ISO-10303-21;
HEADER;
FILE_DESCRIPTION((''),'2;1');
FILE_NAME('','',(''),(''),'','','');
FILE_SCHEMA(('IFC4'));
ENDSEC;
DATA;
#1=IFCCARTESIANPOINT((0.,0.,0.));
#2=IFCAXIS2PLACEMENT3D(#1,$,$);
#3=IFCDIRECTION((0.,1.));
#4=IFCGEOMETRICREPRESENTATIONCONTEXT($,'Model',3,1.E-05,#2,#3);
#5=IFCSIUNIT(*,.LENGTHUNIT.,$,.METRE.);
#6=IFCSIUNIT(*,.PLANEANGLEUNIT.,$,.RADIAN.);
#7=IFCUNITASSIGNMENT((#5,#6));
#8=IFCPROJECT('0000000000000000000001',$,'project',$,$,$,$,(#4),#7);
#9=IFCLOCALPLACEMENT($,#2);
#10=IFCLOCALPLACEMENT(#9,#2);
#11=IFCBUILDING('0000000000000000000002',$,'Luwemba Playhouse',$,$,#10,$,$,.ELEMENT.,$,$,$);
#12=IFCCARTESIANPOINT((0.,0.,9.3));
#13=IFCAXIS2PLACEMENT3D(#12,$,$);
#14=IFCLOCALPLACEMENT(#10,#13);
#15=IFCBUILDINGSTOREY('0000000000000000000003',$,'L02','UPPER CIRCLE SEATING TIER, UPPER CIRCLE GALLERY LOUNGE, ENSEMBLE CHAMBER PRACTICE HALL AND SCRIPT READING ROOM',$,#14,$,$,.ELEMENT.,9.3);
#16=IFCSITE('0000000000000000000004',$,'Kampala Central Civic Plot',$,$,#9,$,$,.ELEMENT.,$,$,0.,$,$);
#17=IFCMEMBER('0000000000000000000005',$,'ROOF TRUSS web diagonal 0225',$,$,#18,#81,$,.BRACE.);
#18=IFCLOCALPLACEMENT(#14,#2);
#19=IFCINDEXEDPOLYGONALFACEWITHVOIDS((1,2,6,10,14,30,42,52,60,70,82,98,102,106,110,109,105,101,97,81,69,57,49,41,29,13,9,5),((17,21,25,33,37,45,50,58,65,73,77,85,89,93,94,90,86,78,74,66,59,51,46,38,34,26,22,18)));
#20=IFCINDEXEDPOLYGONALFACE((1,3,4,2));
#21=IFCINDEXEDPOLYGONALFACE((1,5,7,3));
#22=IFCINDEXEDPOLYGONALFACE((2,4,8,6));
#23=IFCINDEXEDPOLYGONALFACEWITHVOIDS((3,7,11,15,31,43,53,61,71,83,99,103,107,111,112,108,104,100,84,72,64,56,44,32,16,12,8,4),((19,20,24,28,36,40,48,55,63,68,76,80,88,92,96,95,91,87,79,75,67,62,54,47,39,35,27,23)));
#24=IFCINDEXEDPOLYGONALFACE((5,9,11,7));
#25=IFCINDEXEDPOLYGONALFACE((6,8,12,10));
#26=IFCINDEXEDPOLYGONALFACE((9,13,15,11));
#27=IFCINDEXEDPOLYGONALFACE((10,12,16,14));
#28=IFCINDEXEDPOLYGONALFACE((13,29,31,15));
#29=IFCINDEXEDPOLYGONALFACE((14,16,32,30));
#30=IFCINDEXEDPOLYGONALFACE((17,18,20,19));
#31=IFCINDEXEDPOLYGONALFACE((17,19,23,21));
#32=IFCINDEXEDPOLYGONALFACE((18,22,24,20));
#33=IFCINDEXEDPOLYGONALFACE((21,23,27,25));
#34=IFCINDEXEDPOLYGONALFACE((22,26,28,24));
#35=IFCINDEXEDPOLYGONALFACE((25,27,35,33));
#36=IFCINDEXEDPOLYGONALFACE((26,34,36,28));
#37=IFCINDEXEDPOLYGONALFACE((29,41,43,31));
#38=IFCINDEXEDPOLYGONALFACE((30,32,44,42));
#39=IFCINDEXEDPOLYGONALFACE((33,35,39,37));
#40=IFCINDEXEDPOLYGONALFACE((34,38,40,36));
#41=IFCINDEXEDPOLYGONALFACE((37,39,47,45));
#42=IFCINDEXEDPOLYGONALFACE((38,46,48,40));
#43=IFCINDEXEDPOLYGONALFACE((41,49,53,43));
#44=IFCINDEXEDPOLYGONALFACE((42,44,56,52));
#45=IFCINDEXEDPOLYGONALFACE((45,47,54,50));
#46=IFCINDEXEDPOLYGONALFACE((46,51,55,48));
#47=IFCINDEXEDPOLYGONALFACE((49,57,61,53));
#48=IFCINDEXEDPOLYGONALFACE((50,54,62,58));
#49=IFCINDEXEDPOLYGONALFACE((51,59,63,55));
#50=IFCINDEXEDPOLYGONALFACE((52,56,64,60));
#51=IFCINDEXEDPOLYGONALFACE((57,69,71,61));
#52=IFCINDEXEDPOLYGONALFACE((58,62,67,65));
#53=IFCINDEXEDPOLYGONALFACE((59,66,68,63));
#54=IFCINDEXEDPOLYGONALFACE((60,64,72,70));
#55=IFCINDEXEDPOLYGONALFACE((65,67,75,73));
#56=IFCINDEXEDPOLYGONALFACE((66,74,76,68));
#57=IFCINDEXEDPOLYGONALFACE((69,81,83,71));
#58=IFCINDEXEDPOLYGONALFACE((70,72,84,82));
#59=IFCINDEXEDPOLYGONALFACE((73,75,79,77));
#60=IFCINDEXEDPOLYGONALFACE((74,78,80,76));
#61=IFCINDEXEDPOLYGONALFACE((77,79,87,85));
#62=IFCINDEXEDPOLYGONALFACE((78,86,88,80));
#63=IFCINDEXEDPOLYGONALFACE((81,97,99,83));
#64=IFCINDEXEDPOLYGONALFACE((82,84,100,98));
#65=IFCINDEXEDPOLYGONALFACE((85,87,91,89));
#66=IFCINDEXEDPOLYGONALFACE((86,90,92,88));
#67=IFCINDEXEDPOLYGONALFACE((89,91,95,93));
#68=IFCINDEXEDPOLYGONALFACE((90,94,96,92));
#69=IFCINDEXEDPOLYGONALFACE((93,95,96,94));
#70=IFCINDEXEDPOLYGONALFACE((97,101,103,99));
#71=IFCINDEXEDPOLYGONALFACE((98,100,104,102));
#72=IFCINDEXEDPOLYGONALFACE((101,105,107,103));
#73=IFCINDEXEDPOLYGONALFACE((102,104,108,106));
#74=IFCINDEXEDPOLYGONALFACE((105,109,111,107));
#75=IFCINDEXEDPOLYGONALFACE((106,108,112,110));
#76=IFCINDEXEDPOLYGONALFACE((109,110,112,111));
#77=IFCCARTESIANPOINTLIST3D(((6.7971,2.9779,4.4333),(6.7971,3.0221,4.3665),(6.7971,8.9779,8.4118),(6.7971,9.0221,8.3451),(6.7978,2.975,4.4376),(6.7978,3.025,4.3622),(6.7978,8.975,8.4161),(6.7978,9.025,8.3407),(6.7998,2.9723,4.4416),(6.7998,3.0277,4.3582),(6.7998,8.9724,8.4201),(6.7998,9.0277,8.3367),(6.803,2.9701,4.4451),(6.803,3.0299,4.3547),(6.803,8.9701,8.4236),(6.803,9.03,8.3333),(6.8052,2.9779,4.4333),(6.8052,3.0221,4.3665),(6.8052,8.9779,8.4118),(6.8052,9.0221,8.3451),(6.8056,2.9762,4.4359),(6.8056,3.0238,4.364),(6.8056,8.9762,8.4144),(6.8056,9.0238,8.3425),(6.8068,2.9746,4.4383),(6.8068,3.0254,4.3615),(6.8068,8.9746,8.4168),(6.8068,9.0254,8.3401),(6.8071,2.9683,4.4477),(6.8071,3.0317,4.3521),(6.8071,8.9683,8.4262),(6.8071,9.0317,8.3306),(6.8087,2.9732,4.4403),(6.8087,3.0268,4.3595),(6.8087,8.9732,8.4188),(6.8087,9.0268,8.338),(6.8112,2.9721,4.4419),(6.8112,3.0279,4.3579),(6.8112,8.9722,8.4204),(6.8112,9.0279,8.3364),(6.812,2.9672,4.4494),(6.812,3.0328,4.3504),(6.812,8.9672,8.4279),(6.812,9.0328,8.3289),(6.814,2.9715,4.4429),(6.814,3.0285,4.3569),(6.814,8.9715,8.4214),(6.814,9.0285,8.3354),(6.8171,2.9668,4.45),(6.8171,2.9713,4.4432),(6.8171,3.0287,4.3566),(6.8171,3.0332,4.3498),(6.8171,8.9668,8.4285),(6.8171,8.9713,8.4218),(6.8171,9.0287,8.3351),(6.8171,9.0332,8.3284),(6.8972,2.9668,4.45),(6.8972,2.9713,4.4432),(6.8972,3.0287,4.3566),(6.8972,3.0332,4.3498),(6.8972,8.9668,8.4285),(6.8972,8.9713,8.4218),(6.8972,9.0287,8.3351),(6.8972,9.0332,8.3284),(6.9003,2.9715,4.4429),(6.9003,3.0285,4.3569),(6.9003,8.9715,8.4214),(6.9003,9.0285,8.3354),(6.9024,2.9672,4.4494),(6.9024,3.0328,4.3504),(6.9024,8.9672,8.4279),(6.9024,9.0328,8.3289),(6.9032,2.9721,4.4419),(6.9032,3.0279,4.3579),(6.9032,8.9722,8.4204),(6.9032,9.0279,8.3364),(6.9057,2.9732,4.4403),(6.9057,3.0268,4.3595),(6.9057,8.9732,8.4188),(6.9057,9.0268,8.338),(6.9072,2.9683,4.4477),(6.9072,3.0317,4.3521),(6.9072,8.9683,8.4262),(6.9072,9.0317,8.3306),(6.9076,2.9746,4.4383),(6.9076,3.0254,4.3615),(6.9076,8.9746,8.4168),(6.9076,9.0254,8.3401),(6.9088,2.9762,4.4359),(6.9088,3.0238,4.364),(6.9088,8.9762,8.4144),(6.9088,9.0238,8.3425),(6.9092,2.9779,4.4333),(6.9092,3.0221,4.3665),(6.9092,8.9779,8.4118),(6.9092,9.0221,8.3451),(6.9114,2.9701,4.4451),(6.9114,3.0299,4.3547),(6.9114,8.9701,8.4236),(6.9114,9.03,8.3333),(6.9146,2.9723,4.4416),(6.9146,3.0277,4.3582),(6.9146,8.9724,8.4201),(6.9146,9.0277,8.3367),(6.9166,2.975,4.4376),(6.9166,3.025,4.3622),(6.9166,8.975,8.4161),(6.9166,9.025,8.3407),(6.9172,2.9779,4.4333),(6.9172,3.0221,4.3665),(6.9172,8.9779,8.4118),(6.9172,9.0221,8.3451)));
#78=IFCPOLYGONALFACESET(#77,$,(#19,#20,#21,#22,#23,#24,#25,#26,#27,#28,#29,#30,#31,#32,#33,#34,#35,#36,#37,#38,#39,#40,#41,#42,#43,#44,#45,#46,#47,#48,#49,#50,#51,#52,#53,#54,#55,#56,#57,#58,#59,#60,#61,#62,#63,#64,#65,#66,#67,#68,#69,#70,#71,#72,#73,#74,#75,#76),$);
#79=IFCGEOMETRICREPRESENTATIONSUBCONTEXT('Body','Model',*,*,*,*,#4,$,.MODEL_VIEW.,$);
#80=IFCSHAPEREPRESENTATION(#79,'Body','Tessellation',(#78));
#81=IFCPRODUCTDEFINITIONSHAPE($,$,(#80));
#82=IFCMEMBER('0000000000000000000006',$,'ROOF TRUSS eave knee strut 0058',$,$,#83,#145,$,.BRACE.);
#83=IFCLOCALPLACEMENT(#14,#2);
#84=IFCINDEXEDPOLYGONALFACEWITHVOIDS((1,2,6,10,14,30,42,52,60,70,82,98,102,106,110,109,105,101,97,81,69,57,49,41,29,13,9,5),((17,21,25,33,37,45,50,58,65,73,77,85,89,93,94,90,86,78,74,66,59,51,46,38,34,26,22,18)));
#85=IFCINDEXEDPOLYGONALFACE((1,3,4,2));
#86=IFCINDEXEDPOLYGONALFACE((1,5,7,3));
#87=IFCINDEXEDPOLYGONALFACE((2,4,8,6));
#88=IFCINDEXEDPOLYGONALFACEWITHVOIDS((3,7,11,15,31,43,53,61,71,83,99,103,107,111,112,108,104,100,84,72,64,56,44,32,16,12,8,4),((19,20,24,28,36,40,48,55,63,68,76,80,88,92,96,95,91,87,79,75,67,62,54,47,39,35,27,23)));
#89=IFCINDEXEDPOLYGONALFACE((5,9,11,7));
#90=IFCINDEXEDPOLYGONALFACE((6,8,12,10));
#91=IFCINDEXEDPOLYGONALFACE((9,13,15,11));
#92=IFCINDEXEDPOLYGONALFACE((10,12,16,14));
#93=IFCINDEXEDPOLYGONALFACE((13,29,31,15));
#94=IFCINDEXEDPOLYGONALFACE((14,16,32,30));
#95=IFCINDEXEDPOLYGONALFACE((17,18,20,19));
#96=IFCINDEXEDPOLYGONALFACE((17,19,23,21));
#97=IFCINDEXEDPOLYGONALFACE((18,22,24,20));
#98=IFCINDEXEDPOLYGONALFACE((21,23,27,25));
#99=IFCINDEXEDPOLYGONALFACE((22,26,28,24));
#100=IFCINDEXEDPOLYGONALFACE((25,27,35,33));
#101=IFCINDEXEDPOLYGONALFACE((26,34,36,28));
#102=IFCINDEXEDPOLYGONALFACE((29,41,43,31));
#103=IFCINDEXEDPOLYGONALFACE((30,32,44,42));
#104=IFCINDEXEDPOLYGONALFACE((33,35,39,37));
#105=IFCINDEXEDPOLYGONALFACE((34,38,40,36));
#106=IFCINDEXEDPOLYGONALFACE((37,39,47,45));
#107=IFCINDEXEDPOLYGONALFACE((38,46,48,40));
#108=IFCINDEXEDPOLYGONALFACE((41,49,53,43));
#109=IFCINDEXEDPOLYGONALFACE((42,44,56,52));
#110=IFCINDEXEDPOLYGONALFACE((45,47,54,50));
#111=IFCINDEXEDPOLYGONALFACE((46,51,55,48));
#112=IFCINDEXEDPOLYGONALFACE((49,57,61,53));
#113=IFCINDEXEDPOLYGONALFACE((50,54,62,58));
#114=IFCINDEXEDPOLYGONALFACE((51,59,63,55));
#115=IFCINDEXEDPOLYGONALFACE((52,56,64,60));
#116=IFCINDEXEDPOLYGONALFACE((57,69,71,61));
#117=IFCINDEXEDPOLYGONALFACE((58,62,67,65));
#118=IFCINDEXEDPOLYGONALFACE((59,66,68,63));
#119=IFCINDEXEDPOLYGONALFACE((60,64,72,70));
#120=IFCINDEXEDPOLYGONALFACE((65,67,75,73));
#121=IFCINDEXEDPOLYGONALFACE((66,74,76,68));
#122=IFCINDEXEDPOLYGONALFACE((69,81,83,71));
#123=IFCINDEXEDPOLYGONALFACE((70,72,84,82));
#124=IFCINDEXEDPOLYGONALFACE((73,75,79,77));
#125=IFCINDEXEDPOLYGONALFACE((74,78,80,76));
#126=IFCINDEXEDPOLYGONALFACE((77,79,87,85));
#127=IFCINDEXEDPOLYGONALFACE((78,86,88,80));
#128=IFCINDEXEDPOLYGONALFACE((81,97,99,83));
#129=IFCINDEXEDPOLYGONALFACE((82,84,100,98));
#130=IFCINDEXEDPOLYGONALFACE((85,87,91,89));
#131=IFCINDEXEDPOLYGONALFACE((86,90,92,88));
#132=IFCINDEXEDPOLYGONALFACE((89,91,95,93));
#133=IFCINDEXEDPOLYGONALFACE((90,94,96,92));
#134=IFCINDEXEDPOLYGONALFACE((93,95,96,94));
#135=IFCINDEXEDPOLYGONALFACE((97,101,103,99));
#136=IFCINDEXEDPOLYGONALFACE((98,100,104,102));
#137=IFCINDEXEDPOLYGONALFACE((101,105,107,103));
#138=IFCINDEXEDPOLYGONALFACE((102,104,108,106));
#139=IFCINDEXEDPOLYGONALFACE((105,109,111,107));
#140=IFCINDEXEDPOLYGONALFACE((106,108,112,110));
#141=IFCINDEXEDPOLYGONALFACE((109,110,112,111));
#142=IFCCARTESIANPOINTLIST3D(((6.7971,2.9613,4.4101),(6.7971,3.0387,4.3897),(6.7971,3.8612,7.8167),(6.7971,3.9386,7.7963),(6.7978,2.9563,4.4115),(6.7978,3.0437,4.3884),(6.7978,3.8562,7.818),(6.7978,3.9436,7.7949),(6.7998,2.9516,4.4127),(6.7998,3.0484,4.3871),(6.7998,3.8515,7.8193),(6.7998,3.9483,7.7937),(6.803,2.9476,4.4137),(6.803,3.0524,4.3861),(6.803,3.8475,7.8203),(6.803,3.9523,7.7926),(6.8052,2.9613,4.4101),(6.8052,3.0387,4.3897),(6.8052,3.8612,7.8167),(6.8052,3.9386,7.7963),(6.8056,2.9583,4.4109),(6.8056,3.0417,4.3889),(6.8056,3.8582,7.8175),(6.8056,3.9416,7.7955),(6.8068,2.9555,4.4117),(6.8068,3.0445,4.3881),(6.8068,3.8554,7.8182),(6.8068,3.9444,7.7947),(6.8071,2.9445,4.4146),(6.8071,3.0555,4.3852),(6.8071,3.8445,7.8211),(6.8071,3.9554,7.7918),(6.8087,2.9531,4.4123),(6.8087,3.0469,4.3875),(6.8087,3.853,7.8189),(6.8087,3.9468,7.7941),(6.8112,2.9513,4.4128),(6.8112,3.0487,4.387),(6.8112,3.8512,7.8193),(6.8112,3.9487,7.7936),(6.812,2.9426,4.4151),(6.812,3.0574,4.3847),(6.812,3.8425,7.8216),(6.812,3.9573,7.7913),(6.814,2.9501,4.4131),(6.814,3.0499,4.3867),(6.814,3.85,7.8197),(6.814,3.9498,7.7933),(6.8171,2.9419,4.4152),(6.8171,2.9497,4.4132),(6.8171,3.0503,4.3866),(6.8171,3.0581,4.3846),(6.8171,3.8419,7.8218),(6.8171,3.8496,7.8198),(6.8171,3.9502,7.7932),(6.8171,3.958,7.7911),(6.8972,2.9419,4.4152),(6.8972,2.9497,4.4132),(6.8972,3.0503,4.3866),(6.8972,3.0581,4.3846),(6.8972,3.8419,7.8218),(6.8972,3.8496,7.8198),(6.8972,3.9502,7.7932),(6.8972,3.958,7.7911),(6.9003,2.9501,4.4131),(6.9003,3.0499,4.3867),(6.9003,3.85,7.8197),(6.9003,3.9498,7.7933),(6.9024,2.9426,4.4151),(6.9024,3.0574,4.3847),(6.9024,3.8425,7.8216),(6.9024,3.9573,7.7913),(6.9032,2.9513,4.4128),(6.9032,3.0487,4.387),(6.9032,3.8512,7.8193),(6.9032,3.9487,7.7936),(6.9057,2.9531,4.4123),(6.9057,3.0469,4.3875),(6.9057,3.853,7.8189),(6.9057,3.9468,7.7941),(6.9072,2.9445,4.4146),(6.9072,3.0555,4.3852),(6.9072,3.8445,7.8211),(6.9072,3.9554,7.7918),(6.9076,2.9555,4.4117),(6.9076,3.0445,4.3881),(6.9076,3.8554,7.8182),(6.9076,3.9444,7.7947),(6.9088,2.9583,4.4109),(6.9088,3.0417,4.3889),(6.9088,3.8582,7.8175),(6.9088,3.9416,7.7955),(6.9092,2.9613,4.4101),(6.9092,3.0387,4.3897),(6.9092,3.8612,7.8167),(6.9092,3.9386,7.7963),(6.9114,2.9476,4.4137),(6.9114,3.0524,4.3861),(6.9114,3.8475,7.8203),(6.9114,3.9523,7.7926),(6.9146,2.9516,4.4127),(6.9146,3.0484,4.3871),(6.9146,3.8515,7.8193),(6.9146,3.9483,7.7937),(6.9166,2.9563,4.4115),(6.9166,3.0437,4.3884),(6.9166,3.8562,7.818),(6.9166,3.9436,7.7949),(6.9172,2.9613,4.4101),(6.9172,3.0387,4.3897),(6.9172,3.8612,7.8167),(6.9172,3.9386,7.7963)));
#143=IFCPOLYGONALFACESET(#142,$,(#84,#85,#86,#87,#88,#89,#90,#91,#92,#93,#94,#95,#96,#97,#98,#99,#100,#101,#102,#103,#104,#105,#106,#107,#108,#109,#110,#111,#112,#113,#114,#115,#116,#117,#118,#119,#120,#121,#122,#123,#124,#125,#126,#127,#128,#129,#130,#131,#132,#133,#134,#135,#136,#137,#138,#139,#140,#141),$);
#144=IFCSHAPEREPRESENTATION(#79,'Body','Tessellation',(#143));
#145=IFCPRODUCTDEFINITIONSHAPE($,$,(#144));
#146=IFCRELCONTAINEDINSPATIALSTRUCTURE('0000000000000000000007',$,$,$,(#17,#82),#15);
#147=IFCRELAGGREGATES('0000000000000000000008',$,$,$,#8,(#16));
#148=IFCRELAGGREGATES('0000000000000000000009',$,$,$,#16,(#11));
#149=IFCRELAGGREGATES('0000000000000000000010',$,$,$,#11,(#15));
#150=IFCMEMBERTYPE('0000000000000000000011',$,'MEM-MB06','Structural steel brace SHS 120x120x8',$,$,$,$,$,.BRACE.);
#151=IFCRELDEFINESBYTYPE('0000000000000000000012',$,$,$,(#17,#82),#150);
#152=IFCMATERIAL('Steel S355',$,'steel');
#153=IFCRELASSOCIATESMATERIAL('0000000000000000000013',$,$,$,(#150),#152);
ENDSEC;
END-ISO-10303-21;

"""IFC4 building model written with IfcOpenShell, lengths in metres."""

from ifc_helpers import new_model, si_unit, direction, frame, origin, origin_2d, place, context, subcontext, project, spatial, hollow_rectangle, extrude, material, material_profile, profile_set, type_object, element, save


model = new_model("IFC4")

# Units and contexts
model_context = context("Model", 3, precision=1e-05, world=origin(), true_north=direction((0.0, 1.0)))
body_context = subcontext(model_context, "Body", "Model", "MODEL_VIEW")
ifc_project = project(units=[si_unit("LENGTHUNIT", "METRE"), si_unit("PLANEANGLEUNIT", "RADIAN")], contexts=[model_context])

# Site, building, storey
site_placement = place(None, origin())
site = spatial("IfcSite", under=ifc_project, at=site_placement, Name="Kampala Central Civic Plot", CompositionType="ELEMENT", RefElevation=0.0)
building_placement = place(site_placement, origin())
building = spatial("IfcBuilding", under=site, at=building_placement, Name="Luwemba Playhouse", CompositionType="ELEMENT")
storey_placement = place(building_placement, frame((0.0, 0.0, 9.3)))
storey = spatial("IfcBuildingStorey", under=building, at=storey_placement, Name="L02", Description="UPPER CIRCLE SEATING TIER, UPPER CIRCLE GALLERY LOUNGE, ENSEMBLE CHAMBER PRACTICE HALL AND SCRIPT READING ROOM", CompositionType="ELEMENT", Elevation=9.3)

# Shared definitions
ifc_material_1 = material(Name="Steel S355", Category="steel")

# Members
ifc_material_profile_1 = material_profile(ifc_material_1, hollow_rectangle(XDim=0.1201, YDim=0.1201, WallThickness=0.0081, InnerFilletRadius=0.012, OuterFilletRadius=0.02, at=origin_2d()))
ifc_profile_set_1 = profile_set([ifc_material_profile_1], Name="Steel S355")
member_type_1 = type_object("IfcMemberType", Name="MEM-MB06", Description="Structural steel brace SHS 120x120x8", PredefinedType="BRACE", material=ifc_profile_set_1)
member_1_placement = place(storey_placement, frame((6.8572, 3.0, 4.3999), z_axis=(0.0, 0.833425, 0.552632), x_axis=(-1.0, 0.0, 0.0)))
element("IfcMember", 1, at=member_1_placement, inside=storey, type_object=member_type_1, Name="ROOF TRUSS web diagonal 0225", PredefinedType="BRACE", context=body_context, shape_type="SweptSolid", body=[
    extrude(hollow_rectangle(XDim=0.1201, YDim=0.1201, WallThickness=0.0081, InnerFilletRadius=0.012, OuterFilletRadius=0.02, at=origin_2d()), origin(), (0.0, 0.0, 1.0), 7.1992),
])
member_2_placement = place(storey_placement, frame((6.8572, 3.0, 4.3999), z_axis=(0.0, 0.255411, 0.966833), x_axis=(-1.0, 0.0, 0.0)))
element("IfcMember", 2, at=member_2_placement, inside=storey, type_object=member_type_1, Name="ROOF TRUSS eave knee strut 0058", PredefinedType="BRACE", context=body_context, shape_type="SweptSolid", body=[
    extrude(hollow_rectangle(XDim=0.1201, YDim=0.1201, WallThickness=0.0081, InnerFilletRadius=0.012, OuterFilletRadius=0.02, at=origin_2d()), origin(), (0.0, 0.0, 1.0), 3.5234),
])

save(model, "model.ifc")
